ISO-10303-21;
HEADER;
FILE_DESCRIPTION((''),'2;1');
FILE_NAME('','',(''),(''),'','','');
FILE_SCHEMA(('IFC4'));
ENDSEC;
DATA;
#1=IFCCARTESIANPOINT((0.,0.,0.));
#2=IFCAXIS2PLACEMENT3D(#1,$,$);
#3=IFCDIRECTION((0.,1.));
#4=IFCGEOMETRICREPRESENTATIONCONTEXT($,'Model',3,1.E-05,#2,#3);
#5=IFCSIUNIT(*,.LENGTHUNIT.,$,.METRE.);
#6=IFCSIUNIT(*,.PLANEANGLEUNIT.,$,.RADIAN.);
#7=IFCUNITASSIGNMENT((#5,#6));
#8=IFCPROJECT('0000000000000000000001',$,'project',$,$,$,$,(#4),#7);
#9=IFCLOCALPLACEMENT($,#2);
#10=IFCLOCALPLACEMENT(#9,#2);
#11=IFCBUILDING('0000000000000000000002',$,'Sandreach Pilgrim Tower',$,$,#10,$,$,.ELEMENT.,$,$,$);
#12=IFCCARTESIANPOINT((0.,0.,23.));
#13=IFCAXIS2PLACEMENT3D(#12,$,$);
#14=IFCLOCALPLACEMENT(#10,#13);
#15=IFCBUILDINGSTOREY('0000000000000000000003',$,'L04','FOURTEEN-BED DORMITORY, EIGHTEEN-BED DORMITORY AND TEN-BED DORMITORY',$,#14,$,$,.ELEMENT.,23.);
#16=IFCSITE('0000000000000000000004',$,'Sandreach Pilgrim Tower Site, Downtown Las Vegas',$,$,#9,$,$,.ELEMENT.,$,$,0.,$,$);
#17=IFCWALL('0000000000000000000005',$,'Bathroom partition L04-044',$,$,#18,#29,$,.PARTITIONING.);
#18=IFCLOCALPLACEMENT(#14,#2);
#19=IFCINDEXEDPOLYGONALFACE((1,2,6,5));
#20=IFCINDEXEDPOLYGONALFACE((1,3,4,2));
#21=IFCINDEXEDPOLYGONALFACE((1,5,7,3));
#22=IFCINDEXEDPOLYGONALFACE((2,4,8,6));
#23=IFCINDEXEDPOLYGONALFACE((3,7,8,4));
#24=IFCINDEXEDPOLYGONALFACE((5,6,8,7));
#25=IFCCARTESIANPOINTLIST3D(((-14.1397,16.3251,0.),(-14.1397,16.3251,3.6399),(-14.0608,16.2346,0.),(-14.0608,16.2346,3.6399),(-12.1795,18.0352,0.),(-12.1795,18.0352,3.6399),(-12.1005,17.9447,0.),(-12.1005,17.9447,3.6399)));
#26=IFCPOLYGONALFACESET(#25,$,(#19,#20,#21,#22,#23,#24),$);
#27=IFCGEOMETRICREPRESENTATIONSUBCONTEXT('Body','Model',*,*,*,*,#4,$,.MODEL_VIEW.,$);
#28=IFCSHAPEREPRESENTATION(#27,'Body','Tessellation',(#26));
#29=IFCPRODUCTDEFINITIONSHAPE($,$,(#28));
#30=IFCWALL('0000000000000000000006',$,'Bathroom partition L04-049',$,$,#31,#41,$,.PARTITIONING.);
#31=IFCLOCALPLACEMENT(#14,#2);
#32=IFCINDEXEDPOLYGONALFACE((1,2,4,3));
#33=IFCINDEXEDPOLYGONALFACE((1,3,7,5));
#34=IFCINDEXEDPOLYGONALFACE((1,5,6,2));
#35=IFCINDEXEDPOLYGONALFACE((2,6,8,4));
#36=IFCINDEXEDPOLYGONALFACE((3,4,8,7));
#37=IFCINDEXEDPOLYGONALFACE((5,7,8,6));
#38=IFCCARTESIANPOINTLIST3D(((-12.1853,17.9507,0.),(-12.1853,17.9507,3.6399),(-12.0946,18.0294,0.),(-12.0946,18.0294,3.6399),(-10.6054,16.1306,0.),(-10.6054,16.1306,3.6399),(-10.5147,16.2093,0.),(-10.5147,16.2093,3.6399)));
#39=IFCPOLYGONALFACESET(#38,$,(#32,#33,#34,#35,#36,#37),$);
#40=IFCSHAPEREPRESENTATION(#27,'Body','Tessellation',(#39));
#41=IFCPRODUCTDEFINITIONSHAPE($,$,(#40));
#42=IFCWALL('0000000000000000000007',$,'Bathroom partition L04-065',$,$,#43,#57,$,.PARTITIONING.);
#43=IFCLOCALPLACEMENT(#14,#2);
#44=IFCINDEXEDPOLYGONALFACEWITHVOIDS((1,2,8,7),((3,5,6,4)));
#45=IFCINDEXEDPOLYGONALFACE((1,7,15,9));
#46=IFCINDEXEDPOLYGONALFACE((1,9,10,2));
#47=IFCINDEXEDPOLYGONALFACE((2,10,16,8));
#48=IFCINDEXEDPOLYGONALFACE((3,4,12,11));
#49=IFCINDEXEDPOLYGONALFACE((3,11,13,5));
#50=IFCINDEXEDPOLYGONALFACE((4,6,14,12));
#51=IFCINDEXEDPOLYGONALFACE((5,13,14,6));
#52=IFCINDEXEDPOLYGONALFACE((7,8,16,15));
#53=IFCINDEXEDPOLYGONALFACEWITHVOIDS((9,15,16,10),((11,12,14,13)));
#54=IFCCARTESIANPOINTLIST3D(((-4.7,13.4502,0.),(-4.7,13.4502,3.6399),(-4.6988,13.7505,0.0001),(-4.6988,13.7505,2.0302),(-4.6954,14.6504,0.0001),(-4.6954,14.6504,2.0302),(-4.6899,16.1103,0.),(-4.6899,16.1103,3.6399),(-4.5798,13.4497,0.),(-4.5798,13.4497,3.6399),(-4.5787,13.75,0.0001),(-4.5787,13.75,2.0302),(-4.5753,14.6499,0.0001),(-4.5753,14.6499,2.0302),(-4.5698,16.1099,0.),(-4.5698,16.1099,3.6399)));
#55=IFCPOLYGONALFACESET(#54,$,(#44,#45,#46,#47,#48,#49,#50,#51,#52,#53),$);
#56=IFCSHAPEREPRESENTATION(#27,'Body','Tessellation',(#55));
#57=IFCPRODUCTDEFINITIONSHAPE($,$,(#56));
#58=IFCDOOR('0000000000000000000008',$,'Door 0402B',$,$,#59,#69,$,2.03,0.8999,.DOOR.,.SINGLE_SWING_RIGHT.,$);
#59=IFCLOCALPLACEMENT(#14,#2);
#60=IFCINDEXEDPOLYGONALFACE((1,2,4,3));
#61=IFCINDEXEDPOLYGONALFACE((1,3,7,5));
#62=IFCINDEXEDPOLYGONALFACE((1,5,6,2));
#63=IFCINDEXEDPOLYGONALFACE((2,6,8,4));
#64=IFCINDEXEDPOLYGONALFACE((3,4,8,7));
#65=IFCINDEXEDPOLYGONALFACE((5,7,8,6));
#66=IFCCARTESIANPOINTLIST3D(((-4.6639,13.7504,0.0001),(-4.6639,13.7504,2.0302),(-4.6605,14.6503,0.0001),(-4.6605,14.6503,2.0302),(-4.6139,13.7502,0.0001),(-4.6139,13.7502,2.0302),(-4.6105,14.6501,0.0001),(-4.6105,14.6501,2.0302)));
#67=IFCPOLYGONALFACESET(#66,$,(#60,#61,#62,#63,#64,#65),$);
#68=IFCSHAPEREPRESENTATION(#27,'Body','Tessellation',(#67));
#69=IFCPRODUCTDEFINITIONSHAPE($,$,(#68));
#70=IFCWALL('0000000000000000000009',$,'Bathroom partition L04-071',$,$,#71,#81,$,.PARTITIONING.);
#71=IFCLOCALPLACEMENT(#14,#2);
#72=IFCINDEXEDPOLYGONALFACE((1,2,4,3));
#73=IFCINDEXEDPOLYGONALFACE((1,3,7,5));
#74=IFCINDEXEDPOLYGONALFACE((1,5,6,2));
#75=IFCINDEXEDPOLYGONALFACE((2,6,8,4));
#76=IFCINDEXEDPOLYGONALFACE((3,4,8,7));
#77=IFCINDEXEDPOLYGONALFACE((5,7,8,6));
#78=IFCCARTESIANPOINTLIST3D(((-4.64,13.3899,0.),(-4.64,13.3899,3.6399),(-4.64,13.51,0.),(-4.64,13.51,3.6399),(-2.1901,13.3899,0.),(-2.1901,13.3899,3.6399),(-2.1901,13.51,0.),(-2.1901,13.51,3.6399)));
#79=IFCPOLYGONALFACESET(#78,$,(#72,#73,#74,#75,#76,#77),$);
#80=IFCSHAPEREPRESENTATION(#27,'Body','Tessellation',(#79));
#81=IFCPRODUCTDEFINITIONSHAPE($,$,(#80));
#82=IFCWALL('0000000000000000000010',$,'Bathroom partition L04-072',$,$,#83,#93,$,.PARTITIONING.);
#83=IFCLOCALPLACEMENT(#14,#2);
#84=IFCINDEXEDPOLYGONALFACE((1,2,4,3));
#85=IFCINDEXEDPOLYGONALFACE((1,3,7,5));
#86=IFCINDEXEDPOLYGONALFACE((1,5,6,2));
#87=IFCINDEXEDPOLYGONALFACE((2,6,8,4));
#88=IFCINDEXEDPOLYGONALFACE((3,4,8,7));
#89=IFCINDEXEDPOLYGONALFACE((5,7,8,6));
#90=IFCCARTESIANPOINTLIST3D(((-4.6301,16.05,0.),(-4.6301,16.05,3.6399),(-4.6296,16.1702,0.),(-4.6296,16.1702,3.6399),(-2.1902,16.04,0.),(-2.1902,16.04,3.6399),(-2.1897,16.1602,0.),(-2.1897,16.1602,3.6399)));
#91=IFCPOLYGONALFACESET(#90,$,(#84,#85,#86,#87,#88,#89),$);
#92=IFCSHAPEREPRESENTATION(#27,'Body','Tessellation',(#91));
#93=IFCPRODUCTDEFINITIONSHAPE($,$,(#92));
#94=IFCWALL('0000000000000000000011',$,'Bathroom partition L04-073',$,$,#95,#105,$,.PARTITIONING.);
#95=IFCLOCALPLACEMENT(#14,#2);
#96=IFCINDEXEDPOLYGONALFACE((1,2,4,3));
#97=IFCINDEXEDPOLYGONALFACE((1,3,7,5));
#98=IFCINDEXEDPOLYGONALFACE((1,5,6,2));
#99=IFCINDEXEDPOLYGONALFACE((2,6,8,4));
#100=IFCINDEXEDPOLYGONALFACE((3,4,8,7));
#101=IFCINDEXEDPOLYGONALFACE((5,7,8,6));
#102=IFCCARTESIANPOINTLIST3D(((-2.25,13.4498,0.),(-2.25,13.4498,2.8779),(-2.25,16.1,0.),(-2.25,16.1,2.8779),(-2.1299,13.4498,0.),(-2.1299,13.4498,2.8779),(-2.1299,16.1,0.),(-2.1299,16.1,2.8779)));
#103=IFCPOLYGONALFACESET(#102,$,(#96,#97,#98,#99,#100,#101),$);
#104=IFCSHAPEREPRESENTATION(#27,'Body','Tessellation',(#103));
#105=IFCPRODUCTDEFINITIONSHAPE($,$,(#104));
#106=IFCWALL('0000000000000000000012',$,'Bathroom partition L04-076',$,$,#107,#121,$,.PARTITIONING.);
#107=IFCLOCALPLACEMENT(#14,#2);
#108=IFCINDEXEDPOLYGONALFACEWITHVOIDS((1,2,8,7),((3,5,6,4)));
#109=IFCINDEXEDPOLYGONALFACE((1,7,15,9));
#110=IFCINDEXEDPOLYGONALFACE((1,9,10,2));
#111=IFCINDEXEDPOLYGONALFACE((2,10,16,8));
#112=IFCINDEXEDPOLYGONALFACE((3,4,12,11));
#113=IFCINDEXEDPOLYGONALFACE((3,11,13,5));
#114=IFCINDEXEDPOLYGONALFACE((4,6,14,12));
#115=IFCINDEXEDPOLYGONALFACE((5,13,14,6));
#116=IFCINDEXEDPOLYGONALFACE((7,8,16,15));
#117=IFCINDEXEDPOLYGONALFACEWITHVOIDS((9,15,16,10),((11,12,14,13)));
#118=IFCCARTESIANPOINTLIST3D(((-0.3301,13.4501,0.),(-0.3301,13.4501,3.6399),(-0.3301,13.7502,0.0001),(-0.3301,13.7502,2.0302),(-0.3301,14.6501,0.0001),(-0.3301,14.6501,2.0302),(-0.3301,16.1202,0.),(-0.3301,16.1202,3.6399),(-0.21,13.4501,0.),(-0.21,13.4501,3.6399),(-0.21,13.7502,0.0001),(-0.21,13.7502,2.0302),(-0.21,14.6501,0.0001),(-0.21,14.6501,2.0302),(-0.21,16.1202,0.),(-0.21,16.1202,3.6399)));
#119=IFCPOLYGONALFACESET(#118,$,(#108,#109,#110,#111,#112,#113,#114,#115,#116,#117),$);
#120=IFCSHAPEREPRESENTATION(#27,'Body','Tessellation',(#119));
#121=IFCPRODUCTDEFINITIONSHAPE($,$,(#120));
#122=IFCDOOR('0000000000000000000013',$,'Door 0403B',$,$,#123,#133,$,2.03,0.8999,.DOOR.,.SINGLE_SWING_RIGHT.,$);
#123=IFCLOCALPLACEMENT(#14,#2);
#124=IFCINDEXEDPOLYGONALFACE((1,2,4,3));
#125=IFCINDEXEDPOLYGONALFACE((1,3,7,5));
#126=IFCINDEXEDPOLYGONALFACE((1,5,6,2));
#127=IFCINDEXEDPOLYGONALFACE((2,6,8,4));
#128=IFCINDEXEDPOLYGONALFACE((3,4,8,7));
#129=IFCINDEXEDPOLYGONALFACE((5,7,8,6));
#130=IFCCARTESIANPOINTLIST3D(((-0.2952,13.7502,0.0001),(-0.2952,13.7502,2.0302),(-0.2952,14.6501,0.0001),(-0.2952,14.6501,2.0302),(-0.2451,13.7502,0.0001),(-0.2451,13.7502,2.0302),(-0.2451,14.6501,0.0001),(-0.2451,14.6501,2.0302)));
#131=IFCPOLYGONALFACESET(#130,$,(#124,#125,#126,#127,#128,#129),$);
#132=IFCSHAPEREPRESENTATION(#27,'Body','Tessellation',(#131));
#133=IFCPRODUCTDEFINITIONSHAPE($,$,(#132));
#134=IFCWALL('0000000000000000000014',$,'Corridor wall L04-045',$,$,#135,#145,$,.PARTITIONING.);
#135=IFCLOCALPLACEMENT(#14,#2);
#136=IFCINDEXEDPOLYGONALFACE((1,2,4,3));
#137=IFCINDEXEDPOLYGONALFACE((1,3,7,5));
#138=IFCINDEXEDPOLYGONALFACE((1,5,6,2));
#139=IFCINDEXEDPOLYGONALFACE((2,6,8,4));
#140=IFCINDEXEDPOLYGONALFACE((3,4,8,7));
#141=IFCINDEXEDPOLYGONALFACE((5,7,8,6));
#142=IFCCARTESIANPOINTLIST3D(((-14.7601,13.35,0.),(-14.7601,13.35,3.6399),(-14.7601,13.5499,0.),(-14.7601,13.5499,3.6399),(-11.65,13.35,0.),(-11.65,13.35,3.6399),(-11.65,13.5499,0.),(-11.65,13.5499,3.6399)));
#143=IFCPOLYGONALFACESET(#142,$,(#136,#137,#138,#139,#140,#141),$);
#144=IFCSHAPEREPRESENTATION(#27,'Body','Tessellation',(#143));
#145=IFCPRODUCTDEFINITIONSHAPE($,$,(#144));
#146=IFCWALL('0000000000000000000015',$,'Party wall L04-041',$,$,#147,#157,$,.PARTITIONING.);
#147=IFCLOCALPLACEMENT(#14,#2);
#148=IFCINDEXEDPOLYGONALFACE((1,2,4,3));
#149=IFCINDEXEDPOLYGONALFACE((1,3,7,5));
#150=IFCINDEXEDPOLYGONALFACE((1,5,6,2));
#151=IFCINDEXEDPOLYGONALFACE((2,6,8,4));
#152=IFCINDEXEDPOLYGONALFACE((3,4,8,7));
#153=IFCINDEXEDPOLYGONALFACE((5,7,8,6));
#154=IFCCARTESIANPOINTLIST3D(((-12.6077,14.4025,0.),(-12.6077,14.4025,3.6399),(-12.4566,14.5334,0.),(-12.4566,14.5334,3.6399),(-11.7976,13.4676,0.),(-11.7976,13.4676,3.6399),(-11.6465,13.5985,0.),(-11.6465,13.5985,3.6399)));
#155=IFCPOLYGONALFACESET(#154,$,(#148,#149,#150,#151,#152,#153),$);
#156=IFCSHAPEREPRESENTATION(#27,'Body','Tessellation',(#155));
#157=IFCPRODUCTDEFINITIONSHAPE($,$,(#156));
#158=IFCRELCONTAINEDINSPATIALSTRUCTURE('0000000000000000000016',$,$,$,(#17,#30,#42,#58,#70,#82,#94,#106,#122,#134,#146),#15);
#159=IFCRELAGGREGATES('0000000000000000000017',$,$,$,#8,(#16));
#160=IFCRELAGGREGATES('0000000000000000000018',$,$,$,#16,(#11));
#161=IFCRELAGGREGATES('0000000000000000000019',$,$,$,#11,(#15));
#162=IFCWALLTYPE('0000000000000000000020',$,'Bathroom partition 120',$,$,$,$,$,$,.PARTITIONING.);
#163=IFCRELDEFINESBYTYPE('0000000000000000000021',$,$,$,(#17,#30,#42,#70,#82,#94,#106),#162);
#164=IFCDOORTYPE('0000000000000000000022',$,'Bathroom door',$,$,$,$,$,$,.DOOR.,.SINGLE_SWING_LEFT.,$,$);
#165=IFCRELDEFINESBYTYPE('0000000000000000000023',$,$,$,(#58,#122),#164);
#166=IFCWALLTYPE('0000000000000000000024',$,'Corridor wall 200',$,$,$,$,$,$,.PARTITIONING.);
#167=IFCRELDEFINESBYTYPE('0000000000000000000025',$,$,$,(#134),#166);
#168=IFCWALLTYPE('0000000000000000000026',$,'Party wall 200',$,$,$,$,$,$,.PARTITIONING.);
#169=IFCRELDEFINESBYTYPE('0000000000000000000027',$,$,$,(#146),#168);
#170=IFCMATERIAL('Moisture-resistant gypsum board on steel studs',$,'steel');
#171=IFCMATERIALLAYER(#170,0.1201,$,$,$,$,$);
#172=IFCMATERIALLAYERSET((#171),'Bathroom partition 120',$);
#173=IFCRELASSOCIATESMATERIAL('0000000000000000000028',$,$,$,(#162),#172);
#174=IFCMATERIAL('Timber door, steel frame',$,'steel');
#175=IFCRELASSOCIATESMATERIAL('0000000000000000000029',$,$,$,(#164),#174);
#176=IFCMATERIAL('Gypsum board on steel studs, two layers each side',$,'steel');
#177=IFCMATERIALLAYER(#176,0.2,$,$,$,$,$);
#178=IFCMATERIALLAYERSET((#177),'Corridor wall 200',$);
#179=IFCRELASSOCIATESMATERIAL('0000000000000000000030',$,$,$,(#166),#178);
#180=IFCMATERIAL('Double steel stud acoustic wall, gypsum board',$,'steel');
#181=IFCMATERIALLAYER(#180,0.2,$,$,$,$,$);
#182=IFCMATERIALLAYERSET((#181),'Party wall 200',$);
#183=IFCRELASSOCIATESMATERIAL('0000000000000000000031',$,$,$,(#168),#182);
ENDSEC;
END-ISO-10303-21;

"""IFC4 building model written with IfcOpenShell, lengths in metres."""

from ifc_helpers import new_model, si_unit, direction, frame, frame_2d, origin, place, context, subcontext, project, spatial, rectangle, extrude, material, layer, layer_set, type_object, element, fill, save


model = new_model("IFC4")

# Units and contexts
model_context = context("Model", 3, precision=1e-05, world=origin(), true_north=direction((0.0, 1.0)))
body_context = subcontext(model_context, "Body", "Model", "MODEL_VIEW")
ifc_project = project(units=[si_unit("LENGTHUNIT", "METRE"), si_unit("PLANEANGLEUNIT", "RADIAN")], contexts=[model_context])

# Site, building, storey
site_placement = place(None, origin())
site = spatial("IfcSite", under=ifc_project, at=site_placement, Name="Sandreach Pilgrim Tower Site, Downtown Las Vegas", CompositionType="ELEMENT", RefElevation=0.0)
building_placement = place(site_placement, origin())
building = spatial("IfcBuilding", under=site, at=building_placement, Name="Sandreach Pilgrim Tower", CompositionType="ELEMENT")
storey_placement = place(building_placement, frame((0.0, 0.0, 23.0)))
storey = spatial("IfcBuildingStorey", under=building, at=storey_placement, Name="L04", Description="FOURTEEN-BED DORMITORY, EIGHTEEN-BED DORMITORY AND TEN-BED DORMITORY", CompositionType="ELEMENT", Elevation=23.0)

# Shared definitions
ifc_material_1 = material(Name="Moisture-resistant gypsum board on steel studs", Category="steel")
ifc_layer_1 = layer(ifc_material_1, 0.1201)
ifc_layer_set_1 = layer_set([ifc_layer_1], Name="Bathroom partition 120")
wall_type_1 = type_object("IfcWallType", Name="Bathroom partition 120", PredefinedType="PARTITIONING", material=ifc_layer_set_1)

# Shared definitions
ifc_material_2 = material(Name="Timber door, steel frame", Category="steel")
door_type_1 = type_object("IfcDoorType", Name="Bathroom door", OperationType="SINGLE_SWING_LEFT", PredefinedType="DOOR", material=ifc_material_2)

# Walls
wall_1_placement = place(storey_placement, frame((-12.1399, 17.99, 0.0), z_axis=(0.0, 0.0, 1.0), x_axis=(-0.75357, -0.657368, 0.0)))
element("IfcWall", 1, at=wall_1_placement, inside=storey, type_object=wall_type_1, Name="Bathroom partition L04-044", PredefinedType="PARTITIONING", context=body_context, shape_type="SweptSolid", body=[
    extrude(rectangle(XDim=2.6013, YDim=0.1201, at=frame_2d((1.3008, 0.0))), origin(), (0.0, 0.0, 1.0), 3.6399),
])
wall_2_placement = place(storey_placement, frame((-10.5601, 16.1699, 0.0), z_axis=(0.0, 0.0, 1.0), x_axis=(-0.655509, 0.755188, 0.0)))
element("IfcWall", 2, at=wall_2_placement, inside=storey, type_object=wall_type_1, Name="Bathroom partition L04-049", PredefinedType="PARTITIONING", context=body_context, shape_type="SweptSolid", body=[
    extrude(rectangle(XDim=2.4102, YDim=0.1201, at=frame_2d((1.2051, 0.0))), origin(), (0.0, 0.0, 1.0), 3.6399),
])

# Wall, opening, door
wall_3_placement = place(storey_placement, frame((-4.6299, 16.1101, 0.0), z_axis=(0.0, 0.0, 1.0), x_axis=(-0.003763, -0.999993, 0.0)))
wall_3 = element("IfcWall", 3, at=wall_3_placement, inside=storey, type_object=wall_type_1, Name="Bathroom partition L04-065", PredefinedType="PARTITIONING", context=body_context, shape_type="SweptSolid", body=[
    extrude(rectangle(XDim=2.6602, YDim=0.1201, at=frame_2d((1.3301, 0.0))), origin(), (0.0, 0.0, 1.0), 3.6399),
])
opening_1_placement = place(wall_3_placement, frame((1.46, 0.0, 0.0)))
opening_1 = element("IfcOpeningElement", 4, at=opening_1_placement, cuts=wall_3, PredefinedType="OPENING", context=body_context, shape_type="SweptSolid", body=[
    extrude(rectangle(XDim=0.8999, YDim=2.03, at=frame_2d((0.45, 1.0151))), frame((0.0, 0.0601, 0.0), z_axis=(0.0, -1.0, 0.0), x_axis=(1.0, 0.0, 0.0)), (0.0, 0.0, 1.0), 0.1201),
])
door_1_placement = place(opening_1_placement, origin())
door_1 = element("IfcDoor", 5, at=door_1_placement, inside=storey, type_object=door_type_1, Name="Door 0402B", OperationType="SINGLE_SWING_RIGHT", OverallHeight=2.03, OverallWidth=0.8999, PredefinedType="DOOR", context=body_context, shape_type="SweptSolid", body=[
    extrude(rectangle(XDim=0.8999, YDim=2.03, at=frame_2d((0.45, 1.0151))), frame((0.0, 0.0249, 0.0), z_axis=(0.0, -1.0, 0.0), x_axis=(1.0, 0.0, 0.0)), (0.0, 0.0, 1.0), 0.05),
])
fill(opening_1, door_1)

# Walls
wall_4_placement = place(storey_placement, frame((-2.1899, 13.45, 0.0), z_axis=(0.0, 0.0, 1.0), x_axis=(-1.0, 0.0, 0.0)))
element("IfcWall", 6, at=wall_4_placement, inside=storey, type_object=wall_type_1, Name="Bathroom partition L04-071", PredefinedType="PARTITIONING", context=body_context, shape_type="SweptSolid", body=[
    extrude(rectangle(XDim=2.45, YDim=0.1201, at=frame_2d((1.2251, 0.0))), origin(), (0.0, 0.0, 1.0), 3.6399),
])
wall_5_placement = place(storey_placement, frame((-2.1899, 16.1001, 0.0), z_axis=(0.0, 0.0, 1.0), x_axis=(-0.999992, 0.004102, 0.0)))
element("IfcWall", 7, at=wall_5_placement, inside=storey, type_object=wall_type_1, Name="Bathroom partition L04-072", PredefinedType="PARTITIONING", context=body_context, shape_type="SweptSolid", body=[
    extrude(rectangle(XDim=2.4399, YDim=0.1201, at=frame_2d((1.22, 0.0))), origin(), (0.0, 0.0, 1.0), 3.6399),
])
wall_6_placement = place(storey_placement, frame((-2.1899, 16.1001, 0.0), z_axis=(0.0, 0.0, 1.0), x_axis=(0.0, -1.0, 0.0)))
element("IfcWall", 8, at=wall_6_placement, inside=storey, type_object=wall_type_1, Name="Bathroom partition L04-073", PredefinedType="PARTITIONING", context=body_context, shape_type="SweptSolid", body=[
    extrude(rectangle(XDim=2.6501, YDim=0.1201, at=frame_2d((1.3252, 0.0))), origin(), (0.0, 0.0, 1.0), 2.8779),
])

# Wall, opening, door
wall_7_placement = place(storey_placement, frame((-0.27, 16.1201, 0.0), z_axis=(0.0, 0.0, 1.0), x_axis=(0.0, -1.0, 0.0)))
wall_7 = element("IfcWall", 9, at=wall_7_placement, inside=storey, type_object=wall_type_1, Name="Bathroom partition L04-076", PredefinedType="PARTITIONING", context=body_context, shape_type="SweptSolid", body=[
    extrude(rectangle(XDim=2.6702, YDim=0.1201, at=frame_2d((1.335, 0.0))), origin(), (0.0, 0.0, 1.0), 3.6399),
])
opening_2_placement = place(wall_7_placement, frame((1.47, 0.0, 0.0)))
opening_2 = element("IfcOpeningElement", 10, at=opening_2_placement, cuts=wall_7, PredefinedType="OPENING", context=body_context, shape_type="SweptSolid", body=[
    extrude(rectangle(XDim=0.8999, YDim=2.03, at=frame_2d((0.45, 1.0151))), frame((0.0, 0.0601, 0.0), z_axis=(0.0, -1.0, 0.0), x_axis=(1.0, 0.0, 0.0)), (0.0, 0.0, 1.0), 0.1201),
])
door_2_placement = place(opening_2_placement, origin())
door_2 = element("IfcDoor", 11, at=door_2_placement, inside=storey, type_object=door_type_1, Name="Door 0403B", OperationType="SINGLE_SWING_RIGHT", OverallHeight=2.03, OverallWidth=0.8999, PredefinedType="DOOR", context=body_context, shape_type="SweptSolid", body=[
    extrude(rectangle(XDim=0.8999, YDim=2.03, at=frame_2d((0.45, 1.0151))), frame((0.0, 0.0249, 0.0), z_axis=(0.0, -1.0, 0.0), x_axis=(1.0, 0.0, 0.0)), (0.0, 0.0, 1.0), 0.05),
])
fill(opening_2, door_2)

# Wall
ifc_material_3 = material(Name="Gypsum board on steel studs, two layers each side", Category="steel")
ifc_layer_2 = layer(ifc_material_3, 0.2)
ifc_layer_set_2 = layer_set([ifc_layer_2], Name="Corridor wall 200")
wall_type_2 = type_object("IfcWallType", Name="Corridor wall 200", PredefinedType="PARTITIONING", material=ifc_layer_set_2)
wall_8_placement = place(storey_placement, frame((-11.6499, 13.45, 0.0), z_axis=(0.0, 0.0, 1.0), x_axis=(-1.0, 0.0, 0.0)))
element("IfcWall", 12, at=wall_8_placement, inside=storey, type_object=wall_type_2, Name="Corridor wall L04-045", PredefinedType="PARTITIONING", context=body_context, shape_type="SweptSolid", body=[
    extrude(rectangle(XDim=3.1101, YDim=0.2, at=frame_2d((1.5552, 0.0))), origin(), (0.0, 0.0, 1.0), 3.6399),
])

# Wall
ifc_material_4 = material(Name="Double steel stud acoustic wall, gypsum board", Category="steel")
ifc_layer_3 = layer(ifc_material_4, 0.2)
ifc_layer_set_3 = layer_set([ifc_layer_3], Name="Party wall 200")
wall_type_3 = type_object("IfcWallType", Name="Party wall 200", PredefinedType="PARTITIONING", material=ifc_layer_set_3)
wall_9_placement = place(storey_placement, frame((-12.5322, 14.468, 0.0), z_axis=(0.0, 0.0, 1.0), x_axis=(0.654878, -0.755735, 0.0)))
element("IfcWall", 13, at=wall_9_placement, inside=storey, type_object=wall_type_3, Name="Party wall L04-041", PredefinedType="PARTITIONING", context=body_context, shape_type="SweptSolid", body=[
    extrude(rectangle(XDim=1.2371, YDim=0.2, at=frame_2d((0.6187, 0.0))), origin(), (0.0, 0.0, 1.0), 3.6399),
])

save(model, "model.ifc")
